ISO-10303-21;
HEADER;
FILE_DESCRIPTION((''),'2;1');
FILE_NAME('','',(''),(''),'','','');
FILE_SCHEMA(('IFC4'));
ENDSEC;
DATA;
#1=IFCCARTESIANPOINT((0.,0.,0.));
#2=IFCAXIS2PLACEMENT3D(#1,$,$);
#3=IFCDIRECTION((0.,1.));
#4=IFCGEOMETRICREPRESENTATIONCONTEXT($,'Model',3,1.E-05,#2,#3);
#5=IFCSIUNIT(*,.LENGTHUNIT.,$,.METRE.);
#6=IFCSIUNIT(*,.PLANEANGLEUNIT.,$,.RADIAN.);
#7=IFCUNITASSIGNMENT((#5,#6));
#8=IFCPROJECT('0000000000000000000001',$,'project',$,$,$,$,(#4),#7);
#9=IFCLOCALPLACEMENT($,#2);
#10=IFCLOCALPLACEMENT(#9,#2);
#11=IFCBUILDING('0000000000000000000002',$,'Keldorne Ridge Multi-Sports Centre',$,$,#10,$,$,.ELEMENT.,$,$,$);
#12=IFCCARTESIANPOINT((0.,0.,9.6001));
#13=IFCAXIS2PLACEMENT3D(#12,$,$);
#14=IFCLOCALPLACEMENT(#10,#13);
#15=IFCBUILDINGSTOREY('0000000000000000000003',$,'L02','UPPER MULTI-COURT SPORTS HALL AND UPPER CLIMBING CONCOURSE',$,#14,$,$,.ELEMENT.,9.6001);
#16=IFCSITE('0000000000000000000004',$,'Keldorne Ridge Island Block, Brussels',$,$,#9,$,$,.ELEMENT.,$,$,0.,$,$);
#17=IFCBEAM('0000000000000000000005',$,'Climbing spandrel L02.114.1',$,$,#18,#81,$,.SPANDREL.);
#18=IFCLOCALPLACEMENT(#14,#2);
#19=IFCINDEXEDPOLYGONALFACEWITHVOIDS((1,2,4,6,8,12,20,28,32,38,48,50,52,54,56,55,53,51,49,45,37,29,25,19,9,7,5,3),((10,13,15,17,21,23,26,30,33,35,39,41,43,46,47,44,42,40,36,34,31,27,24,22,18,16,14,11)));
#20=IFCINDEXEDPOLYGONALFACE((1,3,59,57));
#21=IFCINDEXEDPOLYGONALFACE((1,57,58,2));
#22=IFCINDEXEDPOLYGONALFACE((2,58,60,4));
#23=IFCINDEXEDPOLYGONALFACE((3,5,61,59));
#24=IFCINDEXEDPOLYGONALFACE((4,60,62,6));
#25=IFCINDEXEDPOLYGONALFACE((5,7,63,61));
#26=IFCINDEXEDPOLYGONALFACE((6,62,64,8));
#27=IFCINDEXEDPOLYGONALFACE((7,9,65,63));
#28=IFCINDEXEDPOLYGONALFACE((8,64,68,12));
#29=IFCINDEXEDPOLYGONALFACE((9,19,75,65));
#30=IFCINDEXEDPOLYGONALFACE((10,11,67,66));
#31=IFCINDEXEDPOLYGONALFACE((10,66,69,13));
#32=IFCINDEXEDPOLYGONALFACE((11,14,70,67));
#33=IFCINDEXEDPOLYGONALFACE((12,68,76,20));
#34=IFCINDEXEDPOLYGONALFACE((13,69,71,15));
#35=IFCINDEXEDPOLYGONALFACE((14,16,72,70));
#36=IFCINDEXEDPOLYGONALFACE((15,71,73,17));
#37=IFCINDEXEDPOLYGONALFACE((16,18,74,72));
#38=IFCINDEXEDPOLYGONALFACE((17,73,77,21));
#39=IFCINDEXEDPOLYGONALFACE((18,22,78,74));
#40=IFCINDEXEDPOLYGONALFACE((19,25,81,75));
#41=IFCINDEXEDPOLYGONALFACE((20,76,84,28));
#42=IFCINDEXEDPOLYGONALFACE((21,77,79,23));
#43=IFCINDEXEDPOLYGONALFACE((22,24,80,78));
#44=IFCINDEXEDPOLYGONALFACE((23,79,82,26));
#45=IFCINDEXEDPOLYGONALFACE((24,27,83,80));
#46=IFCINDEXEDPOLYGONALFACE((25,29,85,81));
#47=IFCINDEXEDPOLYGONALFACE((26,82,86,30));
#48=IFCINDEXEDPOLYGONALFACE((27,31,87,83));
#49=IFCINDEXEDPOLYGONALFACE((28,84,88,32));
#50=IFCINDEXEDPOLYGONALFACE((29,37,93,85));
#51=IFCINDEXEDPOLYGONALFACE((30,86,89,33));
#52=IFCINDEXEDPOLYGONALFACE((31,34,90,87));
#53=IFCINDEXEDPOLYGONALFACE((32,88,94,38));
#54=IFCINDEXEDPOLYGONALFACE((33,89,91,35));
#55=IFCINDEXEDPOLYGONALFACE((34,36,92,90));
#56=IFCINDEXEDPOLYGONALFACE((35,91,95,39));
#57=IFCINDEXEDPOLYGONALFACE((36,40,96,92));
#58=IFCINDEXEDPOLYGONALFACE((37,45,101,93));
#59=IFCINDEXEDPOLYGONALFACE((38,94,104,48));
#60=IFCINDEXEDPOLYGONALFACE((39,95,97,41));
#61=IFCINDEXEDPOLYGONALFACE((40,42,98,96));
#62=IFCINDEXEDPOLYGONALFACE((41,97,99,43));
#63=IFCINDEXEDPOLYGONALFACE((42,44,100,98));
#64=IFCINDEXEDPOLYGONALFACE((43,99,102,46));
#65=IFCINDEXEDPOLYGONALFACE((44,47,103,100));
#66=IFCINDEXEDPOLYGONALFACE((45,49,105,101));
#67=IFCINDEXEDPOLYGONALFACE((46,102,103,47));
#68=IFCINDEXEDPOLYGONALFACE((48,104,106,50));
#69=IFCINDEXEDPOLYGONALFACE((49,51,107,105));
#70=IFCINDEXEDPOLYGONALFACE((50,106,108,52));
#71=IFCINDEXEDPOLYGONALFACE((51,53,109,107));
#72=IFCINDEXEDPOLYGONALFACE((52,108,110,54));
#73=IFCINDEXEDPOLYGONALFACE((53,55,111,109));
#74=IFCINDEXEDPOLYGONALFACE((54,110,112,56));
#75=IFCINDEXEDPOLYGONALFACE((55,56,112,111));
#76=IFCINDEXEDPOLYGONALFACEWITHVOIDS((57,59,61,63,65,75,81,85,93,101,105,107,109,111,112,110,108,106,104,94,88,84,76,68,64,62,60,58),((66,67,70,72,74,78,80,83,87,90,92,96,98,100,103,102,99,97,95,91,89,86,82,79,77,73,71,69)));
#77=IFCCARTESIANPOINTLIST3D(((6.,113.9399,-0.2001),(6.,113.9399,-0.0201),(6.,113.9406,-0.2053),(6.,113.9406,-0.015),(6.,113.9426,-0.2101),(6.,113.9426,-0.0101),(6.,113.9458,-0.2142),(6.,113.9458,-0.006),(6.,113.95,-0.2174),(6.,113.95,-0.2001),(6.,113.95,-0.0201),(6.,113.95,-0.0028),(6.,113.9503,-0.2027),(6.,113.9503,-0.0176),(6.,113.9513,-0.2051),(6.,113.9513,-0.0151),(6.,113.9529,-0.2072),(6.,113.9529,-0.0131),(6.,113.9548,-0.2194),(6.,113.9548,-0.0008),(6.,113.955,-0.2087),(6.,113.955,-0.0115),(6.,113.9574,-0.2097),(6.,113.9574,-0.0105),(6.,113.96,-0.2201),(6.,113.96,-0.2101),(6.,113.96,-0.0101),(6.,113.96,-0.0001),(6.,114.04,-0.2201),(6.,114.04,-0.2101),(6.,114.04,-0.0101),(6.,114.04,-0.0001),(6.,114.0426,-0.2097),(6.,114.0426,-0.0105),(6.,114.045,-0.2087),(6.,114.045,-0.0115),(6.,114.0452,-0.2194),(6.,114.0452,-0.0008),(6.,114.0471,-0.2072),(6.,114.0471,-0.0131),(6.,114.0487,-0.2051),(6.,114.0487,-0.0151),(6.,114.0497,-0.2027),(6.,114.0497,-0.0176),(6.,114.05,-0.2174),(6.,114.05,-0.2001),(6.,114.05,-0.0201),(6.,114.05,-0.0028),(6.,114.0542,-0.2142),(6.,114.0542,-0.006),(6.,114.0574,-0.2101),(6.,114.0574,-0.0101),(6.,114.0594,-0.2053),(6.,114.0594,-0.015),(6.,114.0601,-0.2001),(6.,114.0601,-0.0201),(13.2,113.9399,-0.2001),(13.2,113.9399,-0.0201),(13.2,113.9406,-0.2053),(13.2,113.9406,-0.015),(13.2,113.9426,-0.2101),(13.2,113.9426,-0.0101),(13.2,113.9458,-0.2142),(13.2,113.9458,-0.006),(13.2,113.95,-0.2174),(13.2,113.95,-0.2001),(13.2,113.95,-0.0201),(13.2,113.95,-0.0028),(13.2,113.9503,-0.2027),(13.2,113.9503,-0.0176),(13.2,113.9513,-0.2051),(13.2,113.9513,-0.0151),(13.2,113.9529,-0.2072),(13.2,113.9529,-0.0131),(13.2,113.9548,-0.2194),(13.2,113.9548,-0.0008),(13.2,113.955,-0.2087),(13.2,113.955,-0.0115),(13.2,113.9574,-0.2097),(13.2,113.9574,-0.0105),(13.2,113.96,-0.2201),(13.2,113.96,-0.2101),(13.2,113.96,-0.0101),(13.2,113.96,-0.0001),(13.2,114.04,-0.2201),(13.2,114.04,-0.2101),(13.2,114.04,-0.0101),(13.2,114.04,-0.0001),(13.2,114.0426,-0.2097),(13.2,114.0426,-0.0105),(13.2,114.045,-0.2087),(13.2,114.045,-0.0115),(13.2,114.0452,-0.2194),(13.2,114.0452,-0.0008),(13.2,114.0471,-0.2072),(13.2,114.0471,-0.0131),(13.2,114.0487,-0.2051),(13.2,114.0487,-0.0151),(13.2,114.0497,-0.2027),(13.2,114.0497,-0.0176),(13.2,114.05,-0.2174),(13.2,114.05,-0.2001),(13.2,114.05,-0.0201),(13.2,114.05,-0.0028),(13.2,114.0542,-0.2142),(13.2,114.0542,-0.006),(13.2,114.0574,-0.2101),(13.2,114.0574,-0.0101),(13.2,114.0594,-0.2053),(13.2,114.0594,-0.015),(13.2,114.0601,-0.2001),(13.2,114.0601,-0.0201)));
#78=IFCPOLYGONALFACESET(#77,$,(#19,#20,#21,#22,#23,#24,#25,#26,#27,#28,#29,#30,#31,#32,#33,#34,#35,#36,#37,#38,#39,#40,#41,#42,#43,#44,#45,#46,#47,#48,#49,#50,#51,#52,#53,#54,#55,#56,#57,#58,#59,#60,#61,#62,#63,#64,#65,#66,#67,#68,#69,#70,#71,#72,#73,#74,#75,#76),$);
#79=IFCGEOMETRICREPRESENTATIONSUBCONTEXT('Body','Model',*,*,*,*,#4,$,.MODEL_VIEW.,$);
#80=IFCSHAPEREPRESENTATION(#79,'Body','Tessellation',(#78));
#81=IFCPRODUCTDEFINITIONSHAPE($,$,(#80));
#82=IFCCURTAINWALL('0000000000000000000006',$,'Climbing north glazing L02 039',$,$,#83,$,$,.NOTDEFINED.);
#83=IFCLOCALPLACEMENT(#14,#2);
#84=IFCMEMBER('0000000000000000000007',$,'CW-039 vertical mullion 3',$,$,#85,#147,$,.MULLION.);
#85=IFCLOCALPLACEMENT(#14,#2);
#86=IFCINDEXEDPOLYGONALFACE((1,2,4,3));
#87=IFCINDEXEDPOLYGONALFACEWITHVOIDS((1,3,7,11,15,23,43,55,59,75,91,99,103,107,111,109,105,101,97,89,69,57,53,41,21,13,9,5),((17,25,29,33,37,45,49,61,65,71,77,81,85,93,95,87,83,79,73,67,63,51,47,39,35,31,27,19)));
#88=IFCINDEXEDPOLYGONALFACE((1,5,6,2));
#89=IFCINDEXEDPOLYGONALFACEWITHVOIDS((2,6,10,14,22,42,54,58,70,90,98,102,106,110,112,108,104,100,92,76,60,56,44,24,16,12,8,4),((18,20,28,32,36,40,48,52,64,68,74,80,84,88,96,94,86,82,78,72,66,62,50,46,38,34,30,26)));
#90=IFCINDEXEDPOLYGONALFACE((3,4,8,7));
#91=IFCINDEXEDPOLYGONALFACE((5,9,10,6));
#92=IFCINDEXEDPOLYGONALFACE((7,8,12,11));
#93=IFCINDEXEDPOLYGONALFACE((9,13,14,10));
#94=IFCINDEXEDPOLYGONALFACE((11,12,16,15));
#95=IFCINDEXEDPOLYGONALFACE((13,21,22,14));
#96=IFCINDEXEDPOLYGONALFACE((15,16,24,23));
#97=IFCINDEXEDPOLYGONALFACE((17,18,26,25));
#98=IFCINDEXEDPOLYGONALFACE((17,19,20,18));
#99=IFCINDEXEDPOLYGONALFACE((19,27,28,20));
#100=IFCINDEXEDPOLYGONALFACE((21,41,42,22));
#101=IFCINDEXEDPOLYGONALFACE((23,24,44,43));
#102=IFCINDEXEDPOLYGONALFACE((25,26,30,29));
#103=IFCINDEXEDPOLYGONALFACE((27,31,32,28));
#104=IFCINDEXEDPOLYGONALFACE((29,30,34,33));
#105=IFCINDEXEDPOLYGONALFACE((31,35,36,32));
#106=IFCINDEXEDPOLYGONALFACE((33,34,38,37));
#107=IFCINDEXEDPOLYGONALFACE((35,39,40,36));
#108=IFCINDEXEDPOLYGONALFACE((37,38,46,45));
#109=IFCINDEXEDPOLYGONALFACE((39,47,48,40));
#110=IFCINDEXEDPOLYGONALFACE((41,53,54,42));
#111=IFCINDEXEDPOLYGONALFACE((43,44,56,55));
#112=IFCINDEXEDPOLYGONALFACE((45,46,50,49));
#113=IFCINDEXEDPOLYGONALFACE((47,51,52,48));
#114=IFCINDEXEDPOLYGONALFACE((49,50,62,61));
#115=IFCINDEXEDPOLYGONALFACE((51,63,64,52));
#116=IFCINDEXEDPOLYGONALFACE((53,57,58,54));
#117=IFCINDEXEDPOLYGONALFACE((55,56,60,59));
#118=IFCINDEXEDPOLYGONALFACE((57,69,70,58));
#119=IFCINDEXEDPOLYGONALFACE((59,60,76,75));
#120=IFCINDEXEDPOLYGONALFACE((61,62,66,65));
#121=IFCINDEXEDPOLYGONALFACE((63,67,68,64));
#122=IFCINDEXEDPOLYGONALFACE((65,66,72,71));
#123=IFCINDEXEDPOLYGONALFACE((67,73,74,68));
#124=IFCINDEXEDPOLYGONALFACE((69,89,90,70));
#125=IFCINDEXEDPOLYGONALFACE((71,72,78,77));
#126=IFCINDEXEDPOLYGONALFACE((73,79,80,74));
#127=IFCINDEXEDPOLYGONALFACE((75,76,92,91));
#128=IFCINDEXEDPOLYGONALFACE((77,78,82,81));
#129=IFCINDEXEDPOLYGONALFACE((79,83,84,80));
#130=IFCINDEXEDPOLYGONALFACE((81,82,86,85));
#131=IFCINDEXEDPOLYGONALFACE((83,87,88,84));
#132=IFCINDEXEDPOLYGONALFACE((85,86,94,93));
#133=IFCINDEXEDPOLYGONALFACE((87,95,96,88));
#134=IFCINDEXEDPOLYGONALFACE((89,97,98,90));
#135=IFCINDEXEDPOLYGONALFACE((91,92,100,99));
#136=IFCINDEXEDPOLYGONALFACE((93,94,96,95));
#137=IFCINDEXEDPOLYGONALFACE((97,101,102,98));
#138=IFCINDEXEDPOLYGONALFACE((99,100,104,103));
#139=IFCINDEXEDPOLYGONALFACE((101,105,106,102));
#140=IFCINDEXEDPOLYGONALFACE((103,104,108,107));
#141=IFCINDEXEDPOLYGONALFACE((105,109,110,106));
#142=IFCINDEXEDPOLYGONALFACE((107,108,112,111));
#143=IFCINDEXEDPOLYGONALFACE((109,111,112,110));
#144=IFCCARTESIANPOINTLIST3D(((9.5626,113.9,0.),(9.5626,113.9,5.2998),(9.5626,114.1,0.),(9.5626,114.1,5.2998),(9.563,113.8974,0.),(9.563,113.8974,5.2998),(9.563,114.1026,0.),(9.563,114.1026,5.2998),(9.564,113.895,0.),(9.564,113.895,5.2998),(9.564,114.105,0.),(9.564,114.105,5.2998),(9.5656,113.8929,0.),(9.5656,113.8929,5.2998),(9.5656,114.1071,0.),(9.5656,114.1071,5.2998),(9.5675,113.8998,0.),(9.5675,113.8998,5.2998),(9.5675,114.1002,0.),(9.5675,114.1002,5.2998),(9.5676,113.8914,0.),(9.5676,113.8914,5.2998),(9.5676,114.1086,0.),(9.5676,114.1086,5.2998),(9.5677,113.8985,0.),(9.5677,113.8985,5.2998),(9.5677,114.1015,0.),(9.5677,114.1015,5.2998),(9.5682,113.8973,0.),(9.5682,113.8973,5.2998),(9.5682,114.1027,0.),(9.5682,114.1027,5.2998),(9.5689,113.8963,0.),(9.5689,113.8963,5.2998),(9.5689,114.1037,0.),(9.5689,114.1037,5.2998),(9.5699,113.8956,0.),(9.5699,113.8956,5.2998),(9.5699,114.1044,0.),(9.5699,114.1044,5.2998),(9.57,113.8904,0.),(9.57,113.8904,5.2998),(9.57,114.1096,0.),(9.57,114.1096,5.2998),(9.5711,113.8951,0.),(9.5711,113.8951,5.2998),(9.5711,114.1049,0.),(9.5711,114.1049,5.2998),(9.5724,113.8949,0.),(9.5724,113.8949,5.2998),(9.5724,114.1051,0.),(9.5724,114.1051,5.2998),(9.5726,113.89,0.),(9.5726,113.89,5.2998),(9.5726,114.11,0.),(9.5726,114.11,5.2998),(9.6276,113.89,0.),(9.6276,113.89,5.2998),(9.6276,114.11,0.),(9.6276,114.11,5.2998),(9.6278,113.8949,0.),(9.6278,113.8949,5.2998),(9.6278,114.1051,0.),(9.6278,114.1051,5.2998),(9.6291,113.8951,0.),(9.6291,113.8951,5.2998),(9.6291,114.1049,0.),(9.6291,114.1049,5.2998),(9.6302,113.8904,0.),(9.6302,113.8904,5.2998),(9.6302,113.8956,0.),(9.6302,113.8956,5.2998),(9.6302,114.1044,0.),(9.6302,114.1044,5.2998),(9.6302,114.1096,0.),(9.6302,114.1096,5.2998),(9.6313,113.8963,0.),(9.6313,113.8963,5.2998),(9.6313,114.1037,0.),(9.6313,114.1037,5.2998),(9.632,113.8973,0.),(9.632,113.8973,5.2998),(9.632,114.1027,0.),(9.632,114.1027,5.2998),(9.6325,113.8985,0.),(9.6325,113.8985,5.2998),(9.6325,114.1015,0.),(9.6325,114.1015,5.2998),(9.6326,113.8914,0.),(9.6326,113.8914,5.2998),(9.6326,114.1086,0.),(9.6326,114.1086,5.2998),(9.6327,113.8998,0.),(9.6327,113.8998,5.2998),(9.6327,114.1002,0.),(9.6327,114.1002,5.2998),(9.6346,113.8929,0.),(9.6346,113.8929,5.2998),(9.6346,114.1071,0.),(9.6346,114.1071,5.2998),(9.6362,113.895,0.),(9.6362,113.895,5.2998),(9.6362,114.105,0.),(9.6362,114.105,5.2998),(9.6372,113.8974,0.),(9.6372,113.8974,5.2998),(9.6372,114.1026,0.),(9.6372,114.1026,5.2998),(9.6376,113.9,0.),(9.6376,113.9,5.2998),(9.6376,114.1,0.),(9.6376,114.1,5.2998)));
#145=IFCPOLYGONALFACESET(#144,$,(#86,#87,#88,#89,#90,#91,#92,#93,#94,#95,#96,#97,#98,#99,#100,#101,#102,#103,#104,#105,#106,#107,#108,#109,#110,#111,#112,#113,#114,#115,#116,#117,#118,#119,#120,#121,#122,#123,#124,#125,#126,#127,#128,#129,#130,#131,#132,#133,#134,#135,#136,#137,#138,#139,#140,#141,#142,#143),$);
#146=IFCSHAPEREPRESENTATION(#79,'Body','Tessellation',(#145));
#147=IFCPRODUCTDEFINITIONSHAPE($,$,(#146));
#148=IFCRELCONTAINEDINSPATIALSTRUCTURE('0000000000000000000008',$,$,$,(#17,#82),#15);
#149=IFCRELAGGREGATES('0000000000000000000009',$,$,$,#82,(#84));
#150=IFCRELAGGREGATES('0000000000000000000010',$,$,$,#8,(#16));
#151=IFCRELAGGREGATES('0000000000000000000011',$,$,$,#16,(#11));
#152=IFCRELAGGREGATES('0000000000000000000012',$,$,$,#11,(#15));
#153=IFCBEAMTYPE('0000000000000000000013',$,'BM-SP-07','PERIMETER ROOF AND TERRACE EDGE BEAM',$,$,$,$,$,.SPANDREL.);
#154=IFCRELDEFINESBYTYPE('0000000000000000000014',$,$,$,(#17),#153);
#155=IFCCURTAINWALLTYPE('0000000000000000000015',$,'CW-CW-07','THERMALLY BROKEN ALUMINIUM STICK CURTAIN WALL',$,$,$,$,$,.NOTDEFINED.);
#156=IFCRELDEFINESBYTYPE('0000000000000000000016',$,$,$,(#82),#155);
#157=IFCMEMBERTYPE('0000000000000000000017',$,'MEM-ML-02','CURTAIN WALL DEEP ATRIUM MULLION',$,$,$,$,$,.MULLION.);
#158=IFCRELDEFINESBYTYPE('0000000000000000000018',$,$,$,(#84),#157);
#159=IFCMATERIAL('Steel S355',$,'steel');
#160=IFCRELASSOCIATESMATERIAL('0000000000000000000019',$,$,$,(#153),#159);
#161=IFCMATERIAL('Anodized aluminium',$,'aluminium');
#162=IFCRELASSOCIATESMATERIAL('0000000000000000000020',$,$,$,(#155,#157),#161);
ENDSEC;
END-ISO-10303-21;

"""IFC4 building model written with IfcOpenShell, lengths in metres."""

from ifc_helpers import new_model, si_unit, direction, frame, origin, origin_2d, place, context, subcontext, project, spatial, hollow_rectangle, extrude, material, material_profile, profile_set, type_object, element, aggregate, save


model = new_model("IFC4")

# Units and contexts
model_context = context("Model", 3, precision=1e-05, world=origin(), true_north=direction((0.0, 1.0)))
body_context = subcontext(model_context, "Body", "Model", "MODEL_VIEW")
ifc_project = project(units=[si_unit("LENGTHUNIT", "METRE"), si_unit("PLANEANGLEUNIT", "RADIAN")], contexts=[model_context])

# Site, building, storey
site_placement = place(None, origin())
site = spatial("IfcSite", under=ifc_project, at=site_placement, Name="Keldorne Ridge Island Block, Brussels", CompositionType="ELEMENT", RefElevation=0.0)
building_placement = place(site_placement, origin())
building = spatial("IfcBuilding", under=site, at=building_placement, Name="Keldorne Ridge Multi-Sports Centre", CompositionType="ELEMENT")
storey_placement = place(building_placement, frame((0.0, 0.0, 9.6001)))
storey = spatial("IfcBuildingStorey", under=building, at=storey_placement, Name="L02", Description="UPPER MULTI-COURT SPORTS HALL AND UPPER CLIMBING CONCOURSE", CompositionType="ELEMENT", Elevation=9.6001)

# Beam
ifc_material_1 = material(Name="Steel S355", Category="steel")
ifc_material_profile_1 = material_profile(ifc_material_1, hollow_rectangle(XDim=0.1201, YDim=0.22, WallThickness=0.01, InnerFilletRadius=0.01, OuterFilletRadius=0.02, at=origin_2d()), Name="RHS 220x120x10")
ifc_profile_set_1 = profile_set([ifc_material_profile_1], Name="Steel S355")
beam_type = type_object("IfcBeamType", Name="BM-SP-07", Description="PERIMETER ROOF AND TERRACE EDGE BEAM", PredefinedType="SPANDREL", material=ifc_profile_set_1)
beam_placement = place(storey_placement, frame((6.0, 114.0, -0.1101), z_axis=(1.0, 0.0, 0.0), x_axis=(0.0, 1.0, 0.0)))
element("IfcBeam", 1, at=beam_placement, inside=storey, type_object=beam_type, Name="Climbing spandrel L02.114.1", PredefinedType="SPANDREL", context=body_context, shape_type="SweptSolid", body=[
    extrude(hollow_rectangle(XDim=0.1201, YDim=0.22, WallThickness=0.01, InnerFilletRadius=0.01, OuterFilletRadius=0.02, at=origin_2d()), origin(), (0.0, 0.0, 1.0), 7.2),
])

# Curtain wall, member
ifc_material_2 = material(Name="Anodized aluminium", Category="aluminium")
curtain_wall_type = type_object("IfcCurtainWallType", Name="CW-CW-07", Description="THERMALLY BROKEN ALUMINIUM STICK CURTAIN WALL", PredefinedType="NOTDEFINED", material=ifc_material_2)
curtain_wall_placement = place(storey_placement, origin())
curtain_wall = element("IfcCurtainWall", 2, at=curtain_wall_placement, inside=storey, type_object=curtain_wall_type, Name="Climbing north glazing L02 039", PredefinedType="NOTDEFINED")
ifc_material_profile_2 = material_profile(ifc_material_2, hollow_rectangle(XDim=0.075, YDim=0.22, WallThickness=0.0049, InnerFilletRadius=0.0049, OuterFilletRadius=0.01, at=origin_2d()), Name="ALU MULLION 220x75x5")
ifc_profile_set_2 = profile_set([ifc_material_profile_2], Name="Anodized aluminium")
member_type_1 = type_object("IfcMemberType", Name="MEM-ML-02", Description="CURTAIN WALL DEEP ATRIUM MULLION", PredefinedType="MULLION", material=ifc_profile_set_2)
member_1_placement = place(storey_placement, frame((9.6001, 114.0, 0.0), z_axis=(0.0, 0.0, 1.0), x_axis=(1.0, 0.0, 0.0)))
member_1 = element("IfcMember", 3, at=member_1_placement, type_object=member_type_1, Name="CW-039 vertical mullion 3", PredefinedType="MULLION", context=body_context, shape_type="SweptSolid", body=[
    extrude(hollow_rectangle(XDim=0.075, YDim=0.22, WallThickness=0.0049, InnerFilletRadius=0.0049, OuterFilletRadius=0.01, at=origin_2d()), origin(), (0.0, 0.0, 1.0), 5.2998),
])

aggregate(curtain_wall, [member_1])

save(model, "model.ifc")
